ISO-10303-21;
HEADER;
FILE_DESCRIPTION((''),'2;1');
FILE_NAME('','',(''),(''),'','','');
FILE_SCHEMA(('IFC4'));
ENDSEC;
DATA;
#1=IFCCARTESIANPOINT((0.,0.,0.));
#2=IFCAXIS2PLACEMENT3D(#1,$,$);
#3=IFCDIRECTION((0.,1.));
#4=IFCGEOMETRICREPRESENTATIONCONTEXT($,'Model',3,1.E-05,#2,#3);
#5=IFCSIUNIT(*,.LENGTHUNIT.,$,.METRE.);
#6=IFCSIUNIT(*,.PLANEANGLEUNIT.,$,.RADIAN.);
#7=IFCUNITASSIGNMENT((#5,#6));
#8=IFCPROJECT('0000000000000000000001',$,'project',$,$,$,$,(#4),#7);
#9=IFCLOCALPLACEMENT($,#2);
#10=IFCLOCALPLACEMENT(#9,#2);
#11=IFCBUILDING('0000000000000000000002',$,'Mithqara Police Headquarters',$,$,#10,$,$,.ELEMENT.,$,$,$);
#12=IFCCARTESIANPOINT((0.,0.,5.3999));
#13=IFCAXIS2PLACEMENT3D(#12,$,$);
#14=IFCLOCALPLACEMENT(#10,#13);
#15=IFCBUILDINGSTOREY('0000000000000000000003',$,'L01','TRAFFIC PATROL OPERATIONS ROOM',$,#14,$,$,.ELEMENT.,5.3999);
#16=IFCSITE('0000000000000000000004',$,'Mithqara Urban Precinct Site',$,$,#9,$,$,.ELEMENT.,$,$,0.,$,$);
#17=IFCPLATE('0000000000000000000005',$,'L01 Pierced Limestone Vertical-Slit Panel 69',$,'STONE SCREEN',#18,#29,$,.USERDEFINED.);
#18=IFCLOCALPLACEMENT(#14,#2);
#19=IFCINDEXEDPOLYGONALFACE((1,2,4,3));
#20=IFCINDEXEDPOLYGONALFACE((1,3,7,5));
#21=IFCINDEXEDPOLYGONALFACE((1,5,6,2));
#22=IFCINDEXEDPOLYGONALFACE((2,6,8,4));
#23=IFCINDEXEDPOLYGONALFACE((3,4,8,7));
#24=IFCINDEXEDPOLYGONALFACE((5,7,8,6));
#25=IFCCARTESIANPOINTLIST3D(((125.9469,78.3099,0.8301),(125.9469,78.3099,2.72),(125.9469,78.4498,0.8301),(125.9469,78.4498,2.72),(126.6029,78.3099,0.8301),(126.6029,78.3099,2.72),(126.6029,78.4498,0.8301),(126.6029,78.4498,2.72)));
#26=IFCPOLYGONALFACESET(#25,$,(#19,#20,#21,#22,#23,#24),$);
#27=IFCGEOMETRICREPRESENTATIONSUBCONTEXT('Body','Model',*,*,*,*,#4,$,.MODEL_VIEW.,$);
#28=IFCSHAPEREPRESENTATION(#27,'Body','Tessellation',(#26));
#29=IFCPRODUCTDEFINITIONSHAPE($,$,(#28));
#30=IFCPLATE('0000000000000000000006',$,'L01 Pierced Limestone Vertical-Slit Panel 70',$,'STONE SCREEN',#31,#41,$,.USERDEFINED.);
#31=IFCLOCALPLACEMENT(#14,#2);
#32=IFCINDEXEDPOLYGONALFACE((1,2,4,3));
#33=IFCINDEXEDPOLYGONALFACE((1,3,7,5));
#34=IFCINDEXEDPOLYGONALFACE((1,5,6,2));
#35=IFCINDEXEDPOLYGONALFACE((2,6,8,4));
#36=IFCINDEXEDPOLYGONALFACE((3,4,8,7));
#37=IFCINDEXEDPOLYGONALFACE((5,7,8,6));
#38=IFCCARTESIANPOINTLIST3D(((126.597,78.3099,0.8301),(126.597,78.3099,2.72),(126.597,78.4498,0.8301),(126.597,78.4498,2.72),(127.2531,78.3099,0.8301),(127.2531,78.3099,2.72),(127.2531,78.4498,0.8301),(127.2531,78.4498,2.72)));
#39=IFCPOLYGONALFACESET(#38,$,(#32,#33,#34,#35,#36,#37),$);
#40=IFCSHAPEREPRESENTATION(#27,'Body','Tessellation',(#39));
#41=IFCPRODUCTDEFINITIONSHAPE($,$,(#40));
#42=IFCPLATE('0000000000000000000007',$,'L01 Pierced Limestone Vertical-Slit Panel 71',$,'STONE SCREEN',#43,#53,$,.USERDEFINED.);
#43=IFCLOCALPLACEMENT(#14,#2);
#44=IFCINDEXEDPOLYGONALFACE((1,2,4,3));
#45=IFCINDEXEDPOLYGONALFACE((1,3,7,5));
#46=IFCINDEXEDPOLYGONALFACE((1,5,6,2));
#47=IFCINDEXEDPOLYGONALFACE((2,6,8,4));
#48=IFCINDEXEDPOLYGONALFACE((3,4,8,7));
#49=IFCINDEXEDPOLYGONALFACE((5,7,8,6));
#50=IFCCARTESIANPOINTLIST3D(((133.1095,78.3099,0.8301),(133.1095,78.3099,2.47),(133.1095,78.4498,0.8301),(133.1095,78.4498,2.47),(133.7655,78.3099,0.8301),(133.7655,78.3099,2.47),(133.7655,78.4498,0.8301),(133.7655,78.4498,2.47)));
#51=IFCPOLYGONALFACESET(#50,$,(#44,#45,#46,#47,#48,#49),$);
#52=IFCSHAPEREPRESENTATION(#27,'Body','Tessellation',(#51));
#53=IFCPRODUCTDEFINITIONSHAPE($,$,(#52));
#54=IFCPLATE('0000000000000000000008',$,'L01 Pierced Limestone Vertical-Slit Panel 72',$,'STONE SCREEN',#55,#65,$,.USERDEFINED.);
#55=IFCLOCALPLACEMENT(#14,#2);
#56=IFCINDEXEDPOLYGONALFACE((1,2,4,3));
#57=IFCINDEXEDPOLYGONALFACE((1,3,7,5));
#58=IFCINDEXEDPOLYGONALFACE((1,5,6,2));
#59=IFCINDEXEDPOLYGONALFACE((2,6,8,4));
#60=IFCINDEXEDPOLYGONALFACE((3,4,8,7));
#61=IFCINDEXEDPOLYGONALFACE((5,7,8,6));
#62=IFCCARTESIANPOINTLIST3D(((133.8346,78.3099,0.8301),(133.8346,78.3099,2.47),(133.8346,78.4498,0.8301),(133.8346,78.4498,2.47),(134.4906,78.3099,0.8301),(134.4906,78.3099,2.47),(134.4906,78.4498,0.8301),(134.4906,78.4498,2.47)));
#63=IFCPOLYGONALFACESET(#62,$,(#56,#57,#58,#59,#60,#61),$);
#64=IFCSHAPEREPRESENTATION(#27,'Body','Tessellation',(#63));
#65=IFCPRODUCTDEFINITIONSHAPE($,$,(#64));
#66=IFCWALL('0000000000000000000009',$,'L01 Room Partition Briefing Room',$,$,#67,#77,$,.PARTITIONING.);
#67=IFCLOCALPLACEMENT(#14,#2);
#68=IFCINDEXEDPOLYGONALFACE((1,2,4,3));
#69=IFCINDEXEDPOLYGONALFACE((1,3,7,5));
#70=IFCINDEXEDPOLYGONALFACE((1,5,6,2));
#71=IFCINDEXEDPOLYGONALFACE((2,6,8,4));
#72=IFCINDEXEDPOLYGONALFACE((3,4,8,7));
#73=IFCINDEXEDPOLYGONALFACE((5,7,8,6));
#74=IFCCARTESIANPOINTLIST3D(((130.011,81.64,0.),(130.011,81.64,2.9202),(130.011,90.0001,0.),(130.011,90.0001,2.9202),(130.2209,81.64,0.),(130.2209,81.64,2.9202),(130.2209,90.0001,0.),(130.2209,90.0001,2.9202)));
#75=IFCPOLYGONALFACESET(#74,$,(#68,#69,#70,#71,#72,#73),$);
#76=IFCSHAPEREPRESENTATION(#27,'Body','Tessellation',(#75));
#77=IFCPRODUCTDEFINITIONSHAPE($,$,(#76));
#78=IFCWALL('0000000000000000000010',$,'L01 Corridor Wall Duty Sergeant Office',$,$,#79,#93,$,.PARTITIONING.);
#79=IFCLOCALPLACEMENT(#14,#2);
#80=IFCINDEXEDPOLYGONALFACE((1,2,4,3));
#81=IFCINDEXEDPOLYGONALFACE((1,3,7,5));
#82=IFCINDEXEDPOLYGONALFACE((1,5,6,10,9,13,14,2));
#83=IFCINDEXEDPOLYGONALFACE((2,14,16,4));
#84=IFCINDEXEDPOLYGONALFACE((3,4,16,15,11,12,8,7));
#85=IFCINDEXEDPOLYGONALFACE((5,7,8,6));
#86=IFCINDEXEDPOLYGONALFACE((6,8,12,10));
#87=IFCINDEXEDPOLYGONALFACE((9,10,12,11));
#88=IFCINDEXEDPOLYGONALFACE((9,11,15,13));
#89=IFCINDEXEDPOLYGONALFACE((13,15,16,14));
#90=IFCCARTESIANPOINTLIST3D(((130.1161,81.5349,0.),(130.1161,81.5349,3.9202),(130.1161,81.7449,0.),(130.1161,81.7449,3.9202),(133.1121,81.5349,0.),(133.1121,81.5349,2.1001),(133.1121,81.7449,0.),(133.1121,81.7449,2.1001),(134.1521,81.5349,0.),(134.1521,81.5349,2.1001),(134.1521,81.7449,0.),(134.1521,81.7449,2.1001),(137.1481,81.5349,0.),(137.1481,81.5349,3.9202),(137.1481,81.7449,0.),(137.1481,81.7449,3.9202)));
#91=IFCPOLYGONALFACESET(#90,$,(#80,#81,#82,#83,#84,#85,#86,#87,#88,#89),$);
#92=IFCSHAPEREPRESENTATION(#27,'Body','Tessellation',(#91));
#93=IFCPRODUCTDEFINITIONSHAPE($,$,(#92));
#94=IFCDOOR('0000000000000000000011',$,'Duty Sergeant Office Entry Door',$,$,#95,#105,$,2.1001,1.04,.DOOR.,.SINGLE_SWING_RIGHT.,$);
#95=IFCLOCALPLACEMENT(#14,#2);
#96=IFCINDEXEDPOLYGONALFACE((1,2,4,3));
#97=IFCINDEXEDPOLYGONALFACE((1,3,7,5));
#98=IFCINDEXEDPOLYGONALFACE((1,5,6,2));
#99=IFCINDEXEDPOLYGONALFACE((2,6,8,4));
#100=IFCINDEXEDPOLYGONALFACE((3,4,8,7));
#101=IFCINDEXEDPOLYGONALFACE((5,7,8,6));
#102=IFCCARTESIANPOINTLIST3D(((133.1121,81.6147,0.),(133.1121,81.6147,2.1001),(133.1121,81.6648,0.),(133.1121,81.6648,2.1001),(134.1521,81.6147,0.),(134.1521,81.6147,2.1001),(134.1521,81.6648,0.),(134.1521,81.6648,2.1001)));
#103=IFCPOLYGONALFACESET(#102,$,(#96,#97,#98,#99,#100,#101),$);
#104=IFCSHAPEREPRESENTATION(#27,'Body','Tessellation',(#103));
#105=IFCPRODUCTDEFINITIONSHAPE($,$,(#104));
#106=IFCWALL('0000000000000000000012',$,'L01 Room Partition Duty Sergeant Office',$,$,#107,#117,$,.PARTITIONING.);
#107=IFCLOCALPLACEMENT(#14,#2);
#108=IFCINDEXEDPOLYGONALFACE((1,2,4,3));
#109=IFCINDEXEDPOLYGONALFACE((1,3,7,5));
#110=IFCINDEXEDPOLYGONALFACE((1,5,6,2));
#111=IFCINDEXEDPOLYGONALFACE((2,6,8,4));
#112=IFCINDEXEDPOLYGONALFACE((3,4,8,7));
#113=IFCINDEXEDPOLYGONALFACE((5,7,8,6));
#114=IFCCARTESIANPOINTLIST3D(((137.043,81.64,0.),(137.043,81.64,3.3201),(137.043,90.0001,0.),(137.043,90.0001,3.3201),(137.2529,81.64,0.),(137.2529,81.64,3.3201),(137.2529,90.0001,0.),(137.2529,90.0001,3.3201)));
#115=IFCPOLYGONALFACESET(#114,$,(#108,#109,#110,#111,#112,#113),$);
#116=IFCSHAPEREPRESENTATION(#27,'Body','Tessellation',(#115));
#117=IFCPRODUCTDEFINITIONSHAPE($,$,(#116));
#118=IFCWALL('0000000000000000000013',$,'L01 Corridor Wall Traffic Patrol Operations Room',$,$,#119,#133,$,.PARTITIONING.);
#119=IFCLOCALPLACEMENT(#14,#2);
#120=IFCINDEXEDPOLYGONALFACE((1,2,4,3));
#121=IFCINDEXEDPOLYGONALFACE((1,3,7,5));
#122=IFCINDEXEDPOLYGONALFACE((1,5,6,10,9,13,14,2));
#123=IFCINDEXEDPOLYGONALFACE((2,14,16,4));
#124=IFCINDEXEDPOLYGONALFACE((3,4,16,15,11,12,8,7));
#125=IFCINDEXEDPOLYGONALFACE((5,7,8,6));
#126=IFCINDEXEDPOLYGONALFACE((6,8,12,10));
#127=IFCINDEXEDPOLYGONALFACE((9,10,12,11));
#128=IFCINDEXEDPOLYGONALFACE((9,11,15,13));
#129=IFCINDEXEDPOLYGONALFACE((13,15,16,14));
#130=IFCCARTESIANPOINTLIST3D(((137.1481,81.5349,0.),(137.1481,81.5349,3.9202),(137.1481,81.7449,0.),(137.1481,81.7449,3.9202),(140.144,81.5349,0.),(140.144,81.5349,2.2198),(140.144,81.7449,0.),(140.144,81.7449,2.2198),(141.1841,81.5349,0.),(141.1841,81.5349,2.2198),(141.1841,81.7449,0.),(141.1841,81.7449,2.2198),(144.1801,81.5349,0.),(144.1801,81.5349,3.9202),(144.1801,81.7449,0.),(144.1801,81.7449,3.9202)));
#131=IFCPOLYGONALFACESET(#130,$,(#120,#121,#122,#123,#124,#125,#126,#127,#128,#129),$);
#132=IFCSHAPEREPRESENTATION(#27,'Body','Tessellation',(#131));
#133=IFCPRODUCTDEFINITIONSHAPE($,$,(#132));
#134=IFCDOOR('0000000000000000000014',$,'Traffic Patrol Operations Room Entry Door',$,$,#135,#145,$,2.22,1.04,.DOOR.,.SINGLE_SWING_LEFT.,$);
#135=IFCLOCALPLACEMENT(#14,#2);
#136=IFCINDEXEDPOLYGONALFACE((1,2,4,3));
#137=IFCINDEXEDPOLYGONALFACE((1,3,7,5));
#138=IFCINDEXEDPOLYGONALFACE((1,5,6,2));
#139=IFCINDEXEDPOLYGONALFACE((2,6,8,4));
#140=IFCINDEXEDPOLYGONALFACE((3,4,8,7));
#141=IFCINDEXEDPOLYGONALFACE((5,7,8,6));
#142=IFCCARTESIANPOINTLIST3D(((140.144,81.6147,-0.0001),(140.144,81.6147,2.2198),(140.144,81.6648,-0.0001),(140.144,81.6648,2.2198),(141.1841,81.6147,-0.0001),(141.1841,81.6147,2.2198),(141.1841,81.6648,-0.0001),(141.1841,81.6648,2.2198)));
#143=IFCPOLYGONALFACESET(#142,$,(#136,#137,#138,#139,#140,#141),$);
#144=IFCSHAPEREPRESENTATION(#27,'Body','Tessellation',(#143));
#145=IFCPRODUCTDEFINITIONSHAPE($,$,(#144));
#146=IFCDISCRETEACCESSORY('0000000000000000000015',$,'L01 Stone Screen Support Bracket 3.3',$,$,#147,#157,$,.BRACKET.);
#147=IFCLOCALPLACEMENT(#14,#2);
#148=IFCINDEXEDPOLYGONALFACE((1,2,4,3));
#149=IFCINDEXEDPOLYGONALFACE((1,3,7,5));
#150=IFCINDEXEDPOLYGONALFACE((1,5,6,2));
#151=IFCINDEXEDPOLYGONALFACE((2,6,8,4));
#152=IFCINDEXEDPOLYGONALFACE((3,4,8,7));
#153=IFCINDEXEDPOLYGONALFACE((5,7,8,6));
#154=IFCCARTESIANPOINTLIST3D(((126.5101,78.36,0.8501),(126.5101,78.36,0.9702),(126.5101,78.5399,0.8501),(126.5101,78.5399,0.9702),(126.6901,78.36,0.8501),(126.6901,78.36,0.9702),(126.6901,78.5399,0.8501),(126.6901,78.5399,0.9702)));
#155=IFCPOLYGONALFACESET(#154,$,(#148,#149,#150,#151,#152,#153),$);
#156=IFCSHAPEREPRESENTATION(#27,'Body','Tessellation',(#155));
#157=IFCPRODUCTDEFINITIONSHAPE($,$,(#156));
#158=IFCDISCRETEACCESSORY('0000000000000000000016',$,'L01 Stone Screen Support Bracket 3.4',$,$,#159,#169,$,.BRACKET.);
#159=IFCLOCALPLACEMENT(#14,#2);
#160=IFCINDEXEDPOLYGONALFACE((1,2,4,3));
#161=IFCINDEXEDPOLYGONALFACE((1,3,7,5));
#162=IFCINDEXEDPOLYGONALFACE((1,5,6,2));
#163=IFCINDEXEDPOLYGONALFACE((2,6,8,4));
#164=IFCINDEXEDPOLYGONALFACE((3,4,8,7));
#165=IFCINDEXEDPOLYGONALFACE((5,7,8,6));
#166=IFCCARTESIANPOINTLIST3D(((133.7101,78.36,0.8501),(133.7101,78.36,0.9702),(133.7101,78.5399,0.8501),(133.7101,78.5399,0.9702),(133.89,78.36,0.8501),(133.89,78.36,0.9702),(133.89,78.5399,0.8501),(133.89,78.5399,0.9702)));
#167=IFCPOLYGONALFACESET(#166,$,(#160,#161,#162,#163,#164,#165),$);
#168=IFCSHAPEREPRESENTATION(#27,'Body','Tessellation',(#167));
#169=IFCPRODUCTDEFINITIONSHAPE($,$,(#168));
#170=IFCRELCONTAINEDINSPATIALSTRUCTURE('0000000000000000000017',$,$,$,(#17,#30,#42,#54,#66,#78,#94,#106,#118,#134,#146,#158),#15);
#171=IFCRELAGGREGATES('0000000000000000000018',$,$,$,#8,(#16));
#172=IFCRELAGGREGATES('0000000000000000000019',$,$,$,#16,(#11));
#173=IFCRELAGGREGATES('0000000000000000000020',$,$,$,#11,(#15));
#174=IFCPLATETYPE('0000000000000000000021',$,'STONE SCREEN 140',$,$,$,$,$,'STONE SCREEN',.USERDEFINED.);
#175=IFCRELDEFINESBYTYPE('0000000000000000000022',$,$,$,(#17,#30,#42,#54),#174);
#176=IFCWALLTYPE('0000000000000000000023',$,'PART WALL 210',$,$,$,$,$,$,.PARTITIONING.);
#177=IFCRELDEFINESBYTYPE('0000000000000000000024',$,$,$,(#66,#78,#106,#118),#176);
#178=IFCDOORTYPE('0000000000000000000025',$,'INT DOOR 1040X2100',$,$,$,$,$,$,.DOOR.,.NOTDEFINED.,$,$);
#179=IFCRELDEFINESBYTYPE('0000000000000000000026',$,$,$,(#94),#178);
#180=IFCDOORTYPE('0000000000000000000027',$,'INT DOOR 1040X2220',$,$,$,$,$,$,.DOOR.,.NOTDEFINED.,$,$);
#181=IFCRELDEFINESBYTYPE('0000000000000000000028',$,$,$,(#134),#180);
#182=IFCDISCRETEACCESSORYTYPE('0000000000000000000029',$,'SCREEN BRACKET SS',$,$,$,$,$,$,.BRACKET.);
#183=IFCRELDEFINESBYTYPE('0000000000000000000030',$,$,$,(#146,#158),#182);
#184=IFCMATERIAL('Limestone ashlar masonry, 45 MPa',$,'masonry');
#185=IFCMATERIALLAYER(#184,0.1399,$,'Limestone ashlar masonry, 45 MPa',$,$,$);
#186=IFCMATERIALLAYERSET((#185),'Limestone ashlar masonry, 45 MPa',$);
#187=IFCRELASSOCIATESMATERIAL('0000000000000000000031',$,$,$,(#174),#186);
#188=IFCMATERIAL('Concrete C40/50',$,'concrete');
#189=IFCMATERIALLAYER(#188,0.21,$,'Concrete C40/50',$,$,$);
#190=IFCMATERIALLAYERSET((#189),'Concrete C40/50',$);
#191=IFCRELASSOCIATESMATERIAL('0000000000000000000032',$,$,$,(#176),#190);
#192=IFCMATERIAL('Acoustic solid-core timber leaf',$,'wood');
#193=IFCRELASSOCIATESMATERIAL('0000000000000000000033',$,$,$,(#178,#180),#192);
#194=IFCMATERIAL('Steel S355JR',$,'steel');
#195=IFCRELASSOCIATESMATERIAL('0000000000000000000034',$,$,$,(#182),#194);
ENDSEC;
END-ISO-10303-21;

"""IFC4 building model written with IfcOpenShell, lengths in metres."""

from ifc_helpers import new_model, si_unit, direction, frame, frame_2d, origin, origin_2d, place, context, subcontext, project, spatial, rectangle, extrude, material, layer, layer_set, type_object, element, fill, save


model = new_model("IFC4")

# Units and contexts
model_context = context("Model", 3, precision=1e-05, world=origin(), true_north=direction((0.0, 1.0)))
body_context = subcontext(model_context, "Body", "Model", "MODEL_VIEW")
ifc_project = project(units=[si_unit("LENGTHUNIT", "METRE"), si_unit("PLANEANGLEUNIT", "RADIAN")], contexts=[model_context])

# Site, building, storey
site_placement = place(None, origin())
site = spatial("IfcSite", under=ifc_project, at=site_placement, Name="Mithqara Urban Precinct Site", CompositionType="ELEMENT", RefElevation=0.0)
building_placement = place(site_placement, origin())
building = spatial("IfcBuilding", under=site, at=building_placement, Name="Mithqara Police Headquarters", CompositionType="ELEMENT")
storey_placement = place(building_placement, frame((0.0, 0.0, 5.3999)))
storey = spatial("IfcBuildingStorey", under=building, at=storey_placement, Name="L01", Description="TRAFFIC PATROL OPERATIONS ROOM", CompositionType="ELEMENT", Elevation=5.3999)

# Shared definitions
ifc_material_1 = material(Name="Steel S355JR", Category="steel")
ifc_material_2 = material(Name="Concrete C40/50", Category="concrete")

# Plates
ifc_material_3 = material(Name="Limestone ashlar masonry, 45 MPa", Category="masonry")
ifc_layer_1 = layer(ifc_material_3, 0.1399, Name="Limestone ashlar masonry, 45 MPa")
ifc_layer_set_1 = layer_set([ifc_layer_1], Name="Limestone ashlar masonry, 45 MPa")
plate_type = type_object("IfcPlateType", Name="STONE SCREEN 140", ElementType="STONE SCREEN", PredefinedType="USERDEFINED", material=ifc_layer_set_1)
for number, where, z_axis, x_axis, name in (
    (1, (126.2749, 78.3799, 0.8301), (0.0, 0.0, 1.0), (1.0, 0.0, 0.0), "L01 Pierced Limestone Vertical-Slit Panel 69"),
    (2, (126.925, 78.3799, 0.8301), (0.0, 0.0, 1.0), (1.0, 0.0, 0.0), "L01 Pierced Limestone Vertical-Slit Panel 70"),
):
    element("IfcPlate", number, at=place(storey_placement, frame(where, z_axis=z_axis, x_axis=x_axis)), inside=storey, type_object=plate_type, Name=name, ObjectType="STONE SCREEN", PredefinedType="USERDEFINED", context=body_context, shape_type="SweptSolid", body=[
        extrude(rectangle(XDim=0.656, YDim=0.1399, at=origin_2d()), origin(), (0.0, 0.0, 1.0), 1.8899),
    ])
for number, where, z_axis, x_axis, name in (
    (3, (133.4375, 78.3799, 0.8301), (0.0, 0.0, 1.0), (1.0, 0.0, 0.0), "L01 Pierced Limestone Vertical-Slit Panel 71"),
    (4, (134.1626, 78.3799, 0.8301), (0.0, 0.0, 1.0), (1.0, 0.0, 0.0), "L01 Pierced Limestone Vertical-Slit Panel 72"),
):
    element("IfcPlate", number, at=place(storey_placement, frame(where, z_axis=z_axis, x_axis=x_axis)), inside=storey, type_object=plate_type, Name=name, ObjectType="STONE SCREEN", PredefinedType="USERDEFINED", context=body_context, shape_type="SweptSolid", body=[
        extrude(rectangle(XDim=0.656, YDim=0.1399, at=origin_2d()), origin(), (0.0, 0.0, 1.0), 1.6399),
    ])

# Wall
ifc_layer_2 = layer(ifc_material_2, 0.21, Name="Concrete C40/50")
ifc_layer_set_2 = layer_set([ifc_layer_2], Name="Concrete C40/50")
wall_type = type_object("IfcWallType", Name="PART WALL 210", PredefinedType="PARTITIONING", material=ifc_layer_set_2)
wall_1_placement = place(storey_placement, frame((130.116, 81.6399, 0.0), z_axis=(0.0, 0.0, 1.0), x_axis=(0.0, 1.0, 0.0)))
element("IfcWall", 5, at=wall_1_placement, inside=storey, type_object=wall_type, Name="L01 Room Partition Briefing Room", PredefinedType="PARTITIONING", context=body_context, shape_type="SweptSolid", body=[
    extrude(rectangle(XDim=8.3601, YDim=0.21, at=frame_2d((4.1802, 0.0))), origin(), (0.0, 0.0, 1.0), 2.9202),
])

# Wall, opening, door
wall_2_placement = place(storey_placement, frame((130.116, 81.6399, 0.0), z_axis=(0.0, 0.0, 1.0), x_axis=(1.0, 0.0, 0.0)))
wall_2 = element("IfcWall", 6, at=wall_2_placement, inside=storey, type_object=wall_type, Name="L01 Corridor Wall Duty Sergeant Office", PredefinedType="PARTITIONING", context=body_context, shape_type="SweptSolid", body=[
    extrude(rectangle(XDim=7.032, YDim=0.21, at=frame_2d((3.5161, 0.0))), origin(), (0.0, 0.0, 1.0), 3.9202),
])
opening_1_placement = place(wall_2_placement, frame((2.9961, 0.0, 0.0)))
opening_1 = element("IfcOpeningElement", 7, at=opening_1_placement, cuts=wall_2, PredefinedType="OPENING", context=body_context, shape_type="SweptSolid", body=[
    extrude(rectangle(XDim=1.04, YDim=2.1001, at=frame_2d((0.52, 1.05))), frame((0.0, 0.115, 0.0), z_axis=(0.0, -1.0, 0.0), x_axis=(1.0, 0.0, 0.0)), (0.0, 0.0, 1.0), 0.23),
])
ifc_material_4 = material(Name="Acoustic solid-core timber leaf", Category="wood")
door_type_1 = type_object("IfcDoorType", Name="INT DOOR 1040X2100", OperationType="NOTDEFINED", PredefinedType="DOOR", material=ifc_material_4)
door_1_placement = place(opening_1_placement, origin())
door_1 = element("IfcDoor", 8, at=door_1_placement, inside=storey, type_object=door_type_1, Name="Duty Sergeant Office Entry Door", OperationType="SINGLE_SWING_RIGHT", OverallHeight=2.1001, OverallWidth=1.04, PredefinedType="DOOR", context=body_context, shape_type="SweptSolid", body=[
    extrude(rectangle(XDim=1.04, YDim=2.1001, at=frame_2d((0.52, 1.05))), frame((0.0, 0.0249, 0.0), z_axis=(0.0, -1.0, 0.0), x_axis=(1.0, 0.0, 0.0)), (0.0, 0.0, 1.0), 0.05),
])
fill(opening_1, door_1)

# Wall
wall_3_placement = place(storey_placement, frame((137.1479, 81.6399, 0.0), z_axis=(0.0, 0.0, 1.0), x_axis=(0.0, 1.0, 0.0)))
element("IfcWall", 9, at=wall_3_placement, inside=storey, type_object=wall_type, Name="L01 Room Partition Duty Sergeant Office", PredefinedType="PARTITIONING", context=body_context, shape_type="SweptSolid", body=[
    extrude(rectangle(XDim=8.3601, YDim=0.21, at=frame_2d((4.1802, 0.0))), origin(), (0.0, 0.0, 1.0), 3.3201),
])

# Wall, opening, door
wall_4_placement = place(storey_placement, frame((137.1479, 81.6399, 0.0), z_axis=(0.0, 0.0, 1.0), x_axis=(1.0, 0.0, 0.0)))
wall_4 = element("IfcWall", 10, at=wall_4_placement, inside=storey, type_object=wall_type, Name="L01 Corridor Wall Traffic Patrol Operations Room", PredefinedType="PARTITIONING", context=body_context, shape_type="SweptSolid", body=[
    extrude(rectangle(XDim=7.032, YDim=0.21, at=frame_2d((3.5161, 0.0))), origin(), (0.0, 0.0, 1.0), 3.9202),
])
opening_2_placement = place(wall_4_placement, frame((2.9961, 0.0, 0.0)))
opening_2 = element("IfcOpeningElement", 11, at=opening_2_placement, cuts=wall_4, PredefinedType="OPENING", context=body_context, shape_type="SweptSolid", body=[
    extrude(rectangle(XDim=1.04, YDim=2.22, at=frame_2d((0.52, 1.1099))), frame((0.0, 0.115, 0.0), z_axis=(0.0, -1.0, 0.0), x_axis=(1.0, 0.0, 0.0)), (0.0, 0.0, 1.0), 0.23),
])
door_type_2 = type_object("IfcDoorType", Name="INT DOOR 1040X2220", OperationType="NOTDEFINED", PredefinedType="DOOR", material=ifc_material_4)
door_2_placement = place(opening_2_placement, origin())
door_2 = element("IfcDoor", 12, at=door_2_placement, inside=storey, type_object=door_type_2, Name="Traffic Patrol Operations Room Entry Door", OperationType="SINGLE_SWING_LEFT", OverallHeight=2.22, OverallWidth=1.04, PredefinedType="DOOR", context=body_context, shape_type="SweptSolid", body=[
    extrude(rectangle(XDim=1.04, YDim=2.22, at=frame_2d((0.52, 1.1099))), frame((0.0, 0.0249, 0.0), z_axis=(0.0, -1.0, 0.0), x_axis=(1.0, 0.0, 0.0)), (0.0, 0.0, 1.0), 0.05),
])
fill(opening_2, door_2)

# Discrete accessories
discrete_accessory_type = type_object("IfcDiscreteAccessoryType", Name="SCREEN BRACKET SS", PredefinedType="BRACKET", material=ifc_material_1)
for number, where, z_axis, x_axis, name in (
    (13, (126.6001, 78.45, 0.8501), (0.0, 0.0, 1.0), (1.0, 0.0, 0.0), "L01 Stone Screen Support Bracket 3.3"),
    (14, (133.8, 78.45, 0.8501), (0.0, 0.0, 1.0), (1.0, 0.0, 0.0), "L01 Stone Screen Support Bracket 3.4"),
):
    element("IfcDiscreteAccessory", number, at=place(storey_placement, frame(where, z_axis=z_axis, x_axis=x_axis)), inside=storey, type_object=discrete_accessory_type, Name=name, PredefinedType="BRACKET", context=body_context, shape_type="SweptSolid", body=[
        extrude(rectangle(XDim=0.1799, YDim=0.1799, at=origin_2d()), origin(), (0.0, 0.0, 1.0), 0.1201),
    ])

save(model, "model.ifc")
